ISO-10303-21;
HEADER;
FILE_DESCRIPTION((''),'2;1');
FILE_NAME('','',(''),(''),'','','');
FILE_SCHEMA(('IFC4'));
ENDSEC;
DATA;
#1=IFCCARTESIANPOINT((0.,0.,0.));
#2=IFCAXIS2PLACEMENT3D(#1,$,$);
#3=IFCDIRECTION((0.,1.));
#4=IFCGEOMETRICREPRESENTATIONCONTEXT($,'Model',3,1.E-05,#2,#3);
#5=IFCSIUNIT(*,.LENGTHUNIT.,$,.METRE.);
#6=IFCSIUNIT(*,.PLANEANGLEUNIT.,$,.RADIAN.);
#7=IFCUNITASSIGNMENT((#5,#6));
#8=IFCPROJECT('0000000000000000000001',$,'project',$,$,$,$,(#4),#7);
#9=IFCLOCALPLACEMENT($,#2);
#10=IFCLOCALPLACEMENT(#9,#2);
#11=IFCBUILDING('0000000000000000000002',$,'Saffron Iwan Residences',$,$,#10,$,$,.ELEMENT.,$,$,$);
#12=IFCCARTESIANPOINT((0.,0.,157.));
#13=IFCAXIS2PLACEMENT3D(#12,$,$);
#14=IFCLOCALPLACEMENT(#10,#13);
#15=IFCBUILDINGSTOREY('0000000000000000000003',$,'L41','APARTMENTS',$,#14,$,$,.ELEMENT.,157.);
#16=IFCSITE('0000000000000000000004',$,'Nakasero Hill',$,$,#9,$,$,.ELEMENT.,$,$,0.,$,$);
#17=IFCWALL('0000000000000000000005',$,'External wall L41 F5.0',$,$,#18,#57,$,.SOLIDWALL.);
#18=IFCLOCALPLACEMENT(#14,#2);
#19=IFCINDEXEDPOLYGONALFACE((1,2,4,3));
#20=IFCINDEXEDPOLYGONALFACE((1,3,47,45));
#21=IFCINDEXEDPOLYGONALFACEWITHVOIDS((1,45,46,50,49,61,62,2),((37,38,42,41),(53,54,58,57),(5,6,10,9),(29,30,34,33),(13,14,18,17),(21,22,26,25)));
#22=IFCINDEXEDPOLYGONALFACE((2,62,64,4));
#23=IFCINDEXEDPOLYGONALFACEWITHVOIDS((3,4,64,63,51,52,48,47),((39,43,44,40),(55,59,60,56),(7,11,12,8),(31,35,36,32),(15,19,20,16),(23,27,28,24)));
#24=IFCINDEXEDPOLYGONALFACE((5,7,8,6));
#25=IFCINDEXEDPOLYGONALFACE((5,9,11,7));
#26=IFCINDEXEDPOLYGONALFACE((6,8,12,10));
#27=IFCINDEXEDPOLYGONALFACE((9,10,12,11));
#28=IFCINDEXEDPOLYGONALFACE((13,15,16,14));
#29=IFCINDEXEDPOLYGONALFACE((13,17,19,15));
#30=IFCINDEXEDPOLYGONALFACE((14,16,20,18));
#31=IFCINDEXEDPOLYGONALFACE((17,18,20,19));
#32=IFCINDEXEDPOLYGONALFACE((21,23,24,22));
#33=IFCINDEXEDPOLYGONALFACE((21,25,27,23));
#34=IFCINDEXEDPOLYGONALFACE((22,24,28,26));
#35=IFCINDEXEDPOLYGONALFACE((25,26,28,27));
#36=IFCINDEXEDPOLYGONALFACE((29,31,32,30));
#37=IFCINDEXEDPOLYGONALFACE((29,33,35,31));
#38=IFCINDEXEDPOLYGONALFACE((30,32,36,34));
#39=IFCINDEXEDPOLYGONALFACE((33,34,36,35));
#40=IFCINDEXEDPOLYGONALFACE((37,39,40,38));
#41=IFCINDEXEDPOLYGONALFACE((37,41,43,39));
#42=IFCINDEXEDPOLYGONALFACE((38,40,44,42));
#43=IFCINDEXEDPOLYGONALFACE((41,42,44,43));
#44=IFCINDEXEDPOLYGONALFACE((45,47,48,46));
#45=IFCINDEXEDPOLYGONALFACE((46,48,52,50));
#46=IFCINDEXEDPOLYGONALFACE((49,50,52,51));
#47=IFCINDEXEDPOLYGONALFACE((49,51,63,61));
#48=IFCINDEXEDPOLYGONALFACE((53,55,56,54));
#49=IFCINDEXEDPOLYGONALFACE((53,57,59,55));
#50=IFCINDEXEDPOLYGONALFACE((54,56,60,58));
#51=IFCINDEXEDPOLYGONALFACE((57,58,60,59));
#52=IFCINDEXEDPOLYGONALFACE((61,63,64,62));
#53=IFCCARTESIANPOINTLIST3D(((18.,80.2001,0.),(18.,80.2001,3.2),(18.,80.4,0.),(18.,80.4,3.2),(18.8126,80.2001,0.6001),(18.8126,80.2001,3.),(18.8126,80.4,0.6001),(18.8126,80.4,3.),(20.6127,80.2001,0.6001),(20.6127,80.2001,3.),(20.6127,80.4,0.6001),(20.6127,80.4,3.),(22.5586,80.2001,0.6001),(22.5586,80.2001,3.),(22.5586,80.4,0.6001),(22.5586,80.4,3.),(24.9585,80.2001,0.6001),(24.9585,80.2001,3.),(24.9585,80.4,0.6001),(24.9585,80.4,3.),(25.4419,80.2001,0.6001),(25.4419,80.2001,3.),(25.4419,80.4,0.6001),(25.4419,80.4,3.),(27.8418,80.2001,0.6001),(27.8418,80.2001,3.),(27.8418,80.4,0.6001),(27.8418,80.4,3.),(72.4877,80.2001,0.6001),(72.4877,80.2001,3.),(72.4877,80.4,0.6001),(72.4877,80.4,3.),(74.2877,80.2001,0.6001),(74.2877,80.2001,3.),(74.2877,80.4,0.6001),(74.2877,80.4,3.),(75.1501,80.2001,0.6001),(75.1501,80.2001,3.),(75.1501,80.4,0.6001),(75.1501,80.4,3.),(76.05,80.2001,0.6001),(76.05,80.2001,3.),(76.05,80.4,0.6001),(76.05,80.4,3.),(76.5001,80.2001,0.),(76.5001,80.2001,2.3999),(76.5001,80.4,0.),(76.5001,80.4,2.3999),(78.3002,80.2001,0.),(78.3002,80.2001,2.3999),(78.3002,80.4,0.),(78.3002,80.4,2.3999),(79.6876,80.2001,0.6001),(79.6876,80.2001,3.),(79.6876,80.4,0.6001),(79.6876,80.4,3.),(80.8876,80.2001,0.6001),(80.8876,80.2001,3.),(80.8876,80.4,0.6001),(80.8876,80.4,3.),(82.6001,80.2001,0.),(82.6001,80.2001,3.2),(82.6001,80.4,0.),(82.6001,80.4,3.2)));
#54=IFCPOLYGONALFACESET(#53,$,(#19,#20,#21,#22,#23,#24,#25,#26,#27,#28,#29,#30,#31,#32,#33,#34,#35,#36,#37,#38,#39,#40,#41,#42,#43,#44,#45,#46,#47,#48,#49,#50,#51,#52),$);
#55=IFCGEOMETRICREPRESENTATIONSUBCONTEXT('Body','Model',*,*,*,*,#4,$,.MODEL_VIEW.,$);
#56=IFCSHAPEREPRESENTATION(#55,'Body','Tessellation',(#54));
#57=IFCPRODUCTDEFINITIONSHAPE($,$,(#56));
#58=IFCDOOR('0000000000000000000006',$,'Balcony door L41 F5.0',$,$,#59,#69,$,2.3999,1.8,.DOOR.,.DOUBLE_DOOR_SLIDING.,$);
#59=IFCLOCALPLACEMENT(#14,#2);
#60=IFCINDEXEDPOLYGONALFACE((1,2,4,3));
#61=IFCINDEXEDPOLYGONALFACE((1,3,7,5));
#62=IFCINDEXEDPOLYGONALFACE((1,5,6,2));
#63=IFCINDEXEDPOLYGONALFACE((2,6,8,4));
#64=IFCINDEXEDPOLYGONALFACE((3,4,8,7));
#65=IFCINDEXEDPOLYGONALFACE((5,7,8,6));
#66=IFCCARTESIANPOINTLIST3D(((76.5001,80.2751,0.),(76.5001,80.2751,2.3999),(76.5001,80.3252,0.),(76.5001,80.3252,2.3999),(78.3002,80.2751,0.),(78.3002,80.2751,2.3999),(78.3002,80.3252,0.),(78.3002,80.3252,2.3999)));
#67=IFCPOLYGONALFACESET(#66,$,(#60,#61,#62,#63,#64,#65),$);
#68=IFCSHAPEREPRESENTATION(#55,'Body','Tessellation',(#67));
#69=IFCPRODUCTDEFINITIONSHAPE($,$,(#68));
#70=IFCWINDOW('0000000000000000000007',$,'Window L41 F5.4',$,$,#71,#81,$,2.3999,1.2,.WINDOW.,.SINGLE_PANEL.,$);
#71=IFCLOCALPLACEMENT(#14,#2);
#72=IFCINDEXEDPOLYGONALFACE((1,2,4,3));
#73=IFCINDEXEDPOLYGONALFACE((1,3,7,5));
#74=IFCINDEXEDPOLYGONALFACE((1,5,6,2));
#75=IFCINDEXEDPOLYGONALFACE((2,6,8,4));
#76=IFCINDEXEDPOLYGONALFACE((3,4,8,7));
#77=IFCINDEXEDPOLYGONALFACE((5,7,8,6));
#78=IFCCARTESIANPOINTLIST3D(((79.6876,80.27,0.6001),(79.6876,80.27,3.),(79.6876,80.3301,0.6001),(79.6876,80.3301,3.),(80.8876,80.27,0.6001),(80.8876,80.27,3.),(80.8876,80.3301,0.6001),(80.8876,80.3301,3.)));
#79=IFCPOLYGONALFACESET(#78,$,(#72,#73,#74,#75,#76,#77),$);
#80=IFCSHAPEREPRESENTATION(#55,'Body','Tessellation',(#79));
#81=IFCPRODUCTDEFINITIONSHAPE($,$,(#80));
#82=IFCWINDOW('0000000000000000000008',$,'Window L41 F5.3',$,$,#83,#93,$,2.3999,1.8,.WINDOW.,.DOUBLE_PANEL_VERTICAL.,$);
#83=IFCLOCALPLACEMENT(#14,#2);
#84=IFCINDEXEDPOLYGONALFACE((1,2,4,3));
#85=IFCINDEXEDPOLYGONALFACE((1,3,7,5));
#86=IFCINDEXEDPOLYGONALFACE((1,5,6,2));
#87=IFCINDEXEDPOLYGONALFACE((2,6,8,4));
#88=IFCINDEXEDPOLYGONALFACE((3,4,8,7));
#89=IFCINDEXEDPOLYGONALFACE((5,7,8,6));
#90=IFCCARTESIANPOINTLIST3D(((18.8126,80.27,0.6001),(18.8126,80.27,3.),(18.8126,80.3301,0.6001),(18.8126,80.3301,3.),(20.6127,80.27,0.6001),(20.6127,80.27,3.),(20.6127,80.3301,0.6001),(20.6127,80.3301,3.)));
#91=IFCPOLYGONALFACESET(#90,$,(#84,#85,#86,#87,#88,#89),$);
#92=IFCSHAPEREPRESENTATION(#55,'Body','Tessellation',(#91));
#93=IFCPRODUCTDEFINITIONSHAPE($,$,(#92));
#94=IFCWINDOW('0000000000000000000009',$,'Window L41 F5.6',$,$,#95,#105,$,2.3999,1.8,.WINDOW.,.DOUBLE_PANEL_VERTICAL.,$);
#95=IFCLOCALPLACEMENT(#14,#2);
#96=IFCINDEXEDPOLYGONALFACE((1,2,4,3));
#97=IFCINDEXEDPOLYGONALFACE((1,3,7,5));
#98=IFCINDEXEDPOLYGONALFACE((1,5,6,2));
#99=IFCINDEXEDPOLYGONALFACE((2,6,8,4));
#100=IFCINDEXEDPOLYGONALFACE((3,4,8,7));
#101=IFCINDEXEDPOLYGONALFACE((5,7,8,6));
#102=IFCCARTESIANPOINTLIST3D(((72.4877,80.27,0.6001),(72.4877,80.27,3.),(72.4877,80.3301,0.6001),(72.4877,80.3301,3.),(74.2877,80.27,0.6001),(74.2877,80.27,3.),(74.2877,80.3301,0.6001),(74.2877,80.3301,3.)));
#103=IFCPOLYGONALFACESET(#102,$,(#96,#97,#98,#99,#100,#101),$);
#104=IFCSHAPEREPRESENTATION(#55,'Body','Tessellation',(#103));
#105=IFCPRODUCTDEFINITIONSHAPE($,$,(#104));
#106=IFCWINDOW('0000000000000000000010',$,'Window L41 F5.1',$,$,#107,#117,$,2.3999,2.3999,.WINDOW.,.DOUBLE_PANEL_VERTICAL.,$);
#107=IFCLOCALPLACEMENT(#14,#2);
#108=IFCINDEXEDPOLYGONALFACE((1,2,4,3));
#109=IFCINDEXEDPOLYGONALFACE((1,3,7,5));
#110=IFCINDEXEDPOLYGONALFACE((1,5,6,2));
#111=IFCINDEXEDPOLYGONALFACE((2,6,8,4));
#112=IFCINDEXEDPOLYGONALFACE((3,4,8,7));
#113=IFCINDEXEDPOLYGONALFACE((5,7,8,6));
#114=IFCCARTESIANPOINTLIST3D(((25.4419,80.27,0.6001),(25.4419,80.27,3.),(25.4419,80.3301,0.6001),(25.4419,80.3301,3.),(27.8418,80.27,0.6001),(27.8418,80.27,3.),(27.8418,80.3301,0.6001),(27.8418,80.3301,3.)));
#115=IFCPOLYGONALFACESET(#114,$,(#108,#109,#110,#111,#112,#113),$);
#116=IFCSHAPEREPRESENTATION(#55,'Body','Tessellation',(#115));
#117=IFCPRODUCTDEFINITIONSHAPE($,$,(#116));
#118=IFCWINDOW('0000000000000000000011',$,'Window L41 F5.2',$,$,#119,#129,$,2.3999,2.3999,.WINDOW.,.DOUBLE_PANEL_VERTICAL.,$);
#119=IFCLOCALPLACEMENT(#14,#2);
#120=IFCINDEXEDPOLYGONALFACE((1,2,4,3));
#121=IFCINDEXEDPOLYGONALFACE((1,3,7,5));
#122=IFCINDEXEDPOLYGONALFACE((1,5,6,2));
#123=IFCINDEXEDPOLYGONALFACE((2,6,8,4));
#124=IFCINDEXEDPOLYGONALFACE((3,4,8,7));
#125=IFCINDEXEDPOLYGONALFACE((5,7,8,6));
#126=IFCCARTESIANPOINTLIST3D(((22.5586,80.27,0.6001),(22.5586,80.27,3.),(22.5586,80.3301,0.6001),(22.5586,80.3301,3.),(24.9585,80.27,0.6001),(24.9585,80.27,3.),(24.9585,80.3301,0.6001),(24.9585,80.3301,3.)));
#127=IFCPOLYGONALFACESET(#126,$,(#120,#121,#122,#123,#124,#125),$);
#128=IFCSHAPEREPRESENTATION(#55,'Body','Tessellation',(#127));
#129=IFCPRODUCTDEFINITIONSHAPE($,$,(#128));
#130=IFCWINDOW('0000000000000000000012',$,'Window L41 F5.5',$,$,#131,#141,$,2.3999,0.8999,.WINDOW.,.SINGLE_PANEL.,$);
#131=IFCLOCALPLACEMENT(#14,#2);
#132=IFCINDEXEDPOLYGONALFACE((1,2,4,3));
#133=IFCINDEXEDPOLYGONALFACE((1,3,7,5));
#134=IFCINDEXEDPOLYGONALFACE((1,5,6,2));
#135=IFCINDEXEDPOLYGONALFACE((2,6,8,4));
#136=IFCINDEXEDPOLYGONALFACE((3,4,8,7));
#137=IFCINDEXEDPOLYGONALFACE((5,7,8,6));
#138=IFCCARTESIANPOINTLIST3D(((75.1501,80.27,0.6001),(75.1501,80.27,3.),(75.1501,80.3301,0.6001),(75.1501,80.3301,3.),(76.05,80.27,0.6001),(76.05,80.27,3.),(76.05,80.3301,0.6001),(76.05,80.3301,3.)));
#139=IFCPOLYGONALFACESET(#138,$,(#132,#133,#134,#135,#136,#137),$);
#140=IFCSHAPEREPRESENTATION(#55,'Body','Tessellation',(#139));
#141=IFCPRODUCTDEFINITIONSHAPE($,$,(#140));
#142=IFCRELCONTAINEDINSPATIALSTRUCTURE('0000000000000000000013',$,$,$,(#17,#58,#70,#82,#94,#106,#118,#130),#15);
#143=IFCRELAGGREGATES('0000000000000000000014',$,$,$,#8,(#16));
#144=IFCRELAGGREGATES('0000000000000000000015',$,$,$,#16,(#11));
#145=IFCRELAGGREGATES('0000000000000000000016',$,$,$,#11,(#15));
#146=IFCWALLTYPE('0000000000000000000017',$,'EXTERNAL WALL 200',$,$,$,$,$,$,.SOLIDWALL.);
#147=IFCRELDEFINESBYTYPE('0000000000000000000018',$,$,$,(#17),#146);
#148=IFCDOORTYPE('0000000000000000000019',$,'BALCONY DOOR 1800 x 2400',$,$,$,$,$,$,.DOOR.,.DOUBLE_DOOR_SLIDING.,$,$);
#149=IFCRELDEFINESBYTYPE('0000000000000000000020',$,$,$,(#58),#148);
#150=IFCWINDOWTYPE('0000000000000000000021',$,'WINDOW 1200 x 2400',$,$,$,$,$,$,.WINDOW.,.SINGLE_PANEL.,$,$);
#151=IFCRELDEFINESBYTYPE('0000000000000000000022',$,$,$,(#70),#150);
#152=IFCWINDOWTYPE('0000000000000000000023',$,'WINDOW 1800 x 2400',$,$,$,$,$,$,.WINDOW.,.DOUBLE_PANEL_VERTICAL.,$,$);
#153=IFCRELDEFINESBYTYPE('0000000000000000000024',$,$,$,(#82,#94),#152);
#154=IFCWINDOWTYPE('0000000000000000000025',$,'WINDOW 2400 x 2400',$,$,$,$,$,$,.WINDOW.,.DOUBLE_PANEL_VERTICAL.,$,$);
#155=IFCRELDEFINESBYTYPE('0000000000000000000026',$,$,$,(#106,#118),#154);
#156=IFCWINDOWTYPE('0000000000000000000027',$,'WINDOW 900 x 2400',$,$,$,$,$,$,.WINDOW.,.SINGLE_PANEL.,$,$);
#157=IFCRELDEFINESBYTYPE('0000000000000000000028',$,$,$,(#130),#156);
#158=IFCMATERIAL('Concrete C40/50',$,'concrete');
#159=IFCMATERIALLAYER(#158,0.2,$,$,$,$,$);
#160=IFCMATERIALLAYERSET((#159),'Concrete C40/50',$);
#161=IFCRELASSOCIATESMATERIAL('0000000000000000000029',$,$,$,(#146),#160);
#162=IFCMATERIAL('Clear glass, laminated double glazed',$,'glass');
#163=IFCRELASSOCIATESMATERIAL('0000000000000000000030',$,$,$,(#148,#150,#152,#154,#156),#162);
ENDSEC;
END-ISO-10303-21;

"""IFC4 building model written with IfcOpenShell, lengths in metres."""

from ifc_helpers import new_model, si_unit, direction, frame, frame_2d, origin, place, context, subcontext, project, spatial, rectangle, extrude, material, layer, layer_set, type_object, element, fill, save


model = new_model("IFC4")

# Units and contexts
model_context = context("Model", 3, precision=1e-05, world=origin(), true_north=direction((0.0, 1.0)))
body_context = subcontext(model_context, "Body", "Model", "MODEL_VIEW")
ifc_project = project(units=[si_unit("LENGTHUNIT", "METRE"), si_unit("PLANEANGLEUNIT", "RADIAN")], contexts=[model_context])

# Site, building, storey
site_placement = place(None, origin())
site = spatial("IfcSite", under=ifc_project, at=site_placement, Name="Nakasero Hill", CompositionType="ELEMENT", RefElevation=0.0)
building_placement = place(site_placement, origin())
building = spatial("IfcBuilding", under=site, at=building_placement, Name="Saffron Iwan Residences", CompositionType="ELEMENT")
storey_placement = place(building_placement, frame((0.0, 0.0, 157.0)))
storey = spatial("IfcBuildingStorey", under=building, at=storey_placement, Name="L41", Description="APARTMENTS", CompositionType="ELEMENT", Elevation=157.0)

# Wall, openings, door, windows
ifc_material_1 = material(Name="Concrete C40/50", Category="concrete")
ifc_layer_1 = layer(ifc_material_1, 0.2)
ifc_layer_set_1 = layer_set([ifc_layer_1], Name="Concrete C40/50")
wall_type_1 = type_object("IfcWallType", Name="EXTERNAL WALL 200", PredefinedType="SOLIDWALL", material=ifc_layer_set_1)
wall_1_placement = place(storey_placement, frame((82.6001, 80.3, 0.0), z_axis=(0.0, 0.0, 1.0), x_axis=(-1.0, 0.0, 0.0)))
wall_1 = element("IfcWall", 1, at=wall_1_placement, inside=storey, type_object=wall_type_1, Name="External wall L41 F5.0", PredefinedType="SOLIDWALL", context=body_context, shape_type="SweptSolid", body=[
    extrude(rectangle(XDim=64.6001, YDim=0.2, at=frame_2d((32.3, 0.0))), origin(), (0.0, 0.0, 1.0), 3.2),
])
opening_1_placement = place(wall_1_placement, frame((4.3, 0.0, 0.0)))
opening_1 = element("IfcOpeningElement", 2, at=opening_1_placement, cuts=wall_1, PredefinedType="OPENING", context=body_context, shape_type="SweptSolid", body=[
    extrude(rectangle(XDim=1.8, YDim=2.3999, at=frame_2d((0.8999, 1.2))), frame((0.0, 0.1099, 0.0), z_axis=(0.0, -1.0, 0.0), x_axis=(1.0, 0.0, 0.0)), (0.0, 0.0, 1.0), 0.22),
])
opening_2_placement = place(wall_1_placement, frame((54.7583, 0.0, 0.6001)))
opening_2 = element("IfcOpeningElement", 3, at=opening_2_placement, cuts=wall_1, PredefinedType="OPENING", context=body_context, shape_type="SweptSolid", body=[
    extrude(rectangle(XDim=2.3999, YDim=2.3999, at=frame_2d((1.2, 1.2))), frame((0.0, 0.1099, 0.0), z_axis=(0.0, -1.0, 0.0), x_axis=(1.0, 0.0, 0.0)), (0.0, 0.0, 1.0), 0.22),
])
opening_3_placement = place(wall_1_placement, frame((57.6416, 0.0, 0.6001)))
opening_3 = element("IfcOpeningElement", 4, at=opening_3_placement, cuts=wall_1, PredefinedType="OPENING", context=body_context, shape_type="SweptSolid", body=[
    extrude(rectangle(XDim=2.3999, YDim=2.3999, at=frame_2d((1.2, 1.2))), frame((0.0, 0.1099, 0.0), z_axis=(0.0, -1.0, 0.0), x_axis=(1.0, 0.0, 0.0)), (0.0, 0.0, 1.0), 0.22),
])
opening_4_placement = place(wall_1_placement, frame((61.9875, 0.0, 0.6001)))
opening_4 = element("IfcOpeningElement", 5, at=opening_4_placement, cuts=wall_1, PredefinedType="OPENING", context=body_context, shape_type="SweptSolid", body=[
    extrude(rectangle(XDim=1.8, YDim=2.3999, at=frame_2d((0.8999, 1.2))), frame((0.0, 0.1099, 0.0), z_axis=(0.0, -1.0, 0.0), x_axis=(1.0, 0.0, 0.0)), (0.0, 0.0, 1.0), 0.22),
])
opening_5_placement = place(wall_1_placement, frame((1.7124, 0.0, 0.6001)))
opening_5 = element("IfcOpeningElement", 6, at=opening_5_placement, cuts=wall_1, PredefinedType="OPENING", context=body_context, shape_type="SweptSolid", body=[
    extrude(rectangle(XDim=1.2, YDim=2.3999, at=frame_2d((0.6001, 1.2))), frame((0.0, 0.1099, 0.0), z_axis=(0.0, -1.0, 0.0), x_axis=(1.0, 0.0, 0.0)), (0.0, 0.0, 1.0), 0.22),
])
opening_6_placement = place(wall_1_placement, frame((6.55, 0.0, 0.6001)))
opening_6 = element("IfcOpeningElement", 7, at=opening_6_placement, cuts=wall_1, PredefinedType="OPENING", context=body_context, shape_type="SweptSolid", body=[
    extrude(rectangle(XDim=0.8999, YDim=2.3999, at=frame_2d((0.45, 1.2))), frame((0.0, 0.1099, 0.0), z_axis=(0.0, -1.0, 0.0), x_axis=(1.0, 0.0, 0.0)), (0.0, 0.0, 1.0), 0.22),
])
opening_7_placement = place(wall_1_placement, frame((8.3125, 0.0, 0.6001)))
opening_7 = element("IfcOpeningElement", 8, at=opening_7_placement, cuts=wall_1, PredefinedType="OPENING", context=body_context, shape_type="SweptSolid", body=[
    extrude(rectangle(XDim=1.8, YDim=2.3999, at=frame_2d((0.8999, 1.2))), frame((0.0, 0.1099, 0.0), z_axis=(0.0, -1.0, 0.0), x_axis=(1.0, 0.0, 0.0)), (0.0, 0.0, 1.0), 0.22),
])
ifc_material_2 = material(Name="Clear glass, laminated double glazed", Category="glass")
door_type_1 = type_object("IfcDoorType", Name="BALCONY DOOR 1800 x 2400", OperationType="DOUBLE_DOOR_SLIDING", PredefinedType="DOOR", material=ifc_material_2)
door_1_placement = place(opening_1_placement, origin())
door_1 = element("IfcDoor", 9, at=door_1_placement, inside=storey, type_object=door_type_1, Name="Balcony door L41 F5.0", OperationType="DOUBLE_DOOR_SLIDING", OverallHeight=2.3999, OverallWidth=1.8, PredefinedType="DOOR", context=body_context, shape_type="SweptSolid", body=[
    extrude(rectangle(XDim=1.8, YDim=2.3999, at=frame_2d((0.8999, 1.2))), frame((0.0, 0.0249, 0.0), z_axis=(0.0, -1.0, 0.0), x_axis=(1.0, 0.0, 0.0)), (0.0, 0.0, 1.0), 0.05),
])
fill(opening_1, door_1)
window_type_1 = type_object("IfcWindowType", Name="WINDOW 1200 x 2400", PartitioningType="SINGLE_PANEL", PredefinedType="WINDOW", material=ifc_material_2)
window_1_placement = place(opening_5_placement, origin())
window_1 = element("IfcWindow", 10, at=window_1_placement, inside=storey, type_object=window_type_1, Name="Window L41 F5.4", OverallHeight=2.3999, OverallWidth=1.2, PartitioningType="SINGLE_PANEL", PredefinedType="WINDOW", context=body_context, shape_type="SweptSolid", body=[
    extrude(rectangle(XDim=1.2, YDim=2.3999, at=frame_2d((0.6001, 1.2))), frame((0.0, 0.03, 0.0), z_axis=(0.0, -1.0, 0.0), x_axis=(1.0, 0.0, 0.0)), (0.0, 0.0, 1.0), 0.0601),
])
fill(opening_5, window_1)
window_type_2 = type_object("IfcWindowType", Name="WINDOW 1800 x 2400", PartitioningType="DOUBLE_PANEL_VERTICAL", PredefinedType="WINDOW", material=ifc_material_2)
window_2_placement = place(opening_4_placement, origin())
window_2 = element("IfcWindow", 11, at=window_2_placement, inside=storey, type_object=window_type_2, Name="Window L41 F5.3", OverallHeight=2.3999, OverallWidth=1.8, PartitioningType="DOUBLE_PANEL_VERTICAL", PredefinedType="WINDOW", context=body_context, shape_type="SweptSolid", body=[
    extrude(rectangle(XDim=1.8, YDim=2.3999, at=frame_2d((0.8999, 1.2))), frame((0.0, 0.03, 0.0), z_axis=(0.0, -1.0, 0.0), x_axis=(1.0, 0.0, 0.0)), (0.0, 0.0, 1.0), 0.0601),
])
fill(opening_4, window_2)
window_3_placement = place(opening_7_placement, origin())
window_3 = element("IfcWindow", 12, at=window_3_placement, inside=storey, type_object=window_type_2, Name="Window L41 F5.6", OverallHeight=2.3999, OverallWidth=1.8, PartitioningType="DOUBLE_PANEL_VERTICAL", PredefinedType="WINDOW", context=body_context, shape_type="SweptSolid", body=[
    extrude(rectangle(XDim=1.8, YDim=2.3999, at=frame_2d((0.8999, 1.2))), frame((0.0, 0.03, 0.0), z_axis=(0.0, -1.0, 0.0), x_axis=(1.0, 0.0, 0.0)), (0.0, 0.0, 1.0), 0.0601),
])
fill(opening_7, window_3)
window_type_3 = type_object("IfcWindowType", Name="WINDOW 2400 x 2400", PartitioningType="DOUBLE_PANEL_VERTICAL", PredefinedType="WINDOW", material=ifc_material_2)
window_4_placement = place(opening_2_placement, origin())
window_4 = element("IfcWindow", 13, at=window_4_placement, inside=storey, type_object=window_type_3, Name="Window L41 F5.1", OverallHeight=2.3999, OverallWidth=2.3999, PartitioningType="DOUBLE_PANEL_VERTICAL", PredefinedType="WINDOW", context=body_context, shape_type="SweptSolid", body=[
    extrude(rectangle(XDim=2.3999, YDim=2.3999, at=frame_2d((1.2, 1.2))), frame((0.0, 0.03, 0.0), z_axis=(0.0, -1.0, 0.0), x_axis=(1.0, 0.0, 0.0)), (0.0, 0.0, 1.0), 0.0601),
])
fill(opening_2, window_4)
window_5_placement = place(opening_3_placement, origin())
window_5 = element("IfcWindow", 14, at=window_5_placement, inside=storey, type_object=window_type_3, Name="Window L41 F5.2", OverallHeight=2.3999, OverallWidth=2.3999, PartitioningType="DOUBLE_PANEL_VERTICAL", PredefinedType="WINDOW", context=body_context, shape_type="SweptSolid", body=[
    extrude(rectangle(XDim=2.3999, YDim=2.3999, at=frame_2d((1.2, 1.2))), frame((0.0, 0.03, 0.0), z_axis=(0.0, -1.0, 0.0), x_axis=(1.0, 0.0, 0.0)), (0.0, 0.0, 1.0), 0.0601),
])
fill(opening_3, window_5)
window_type_4 = type_object("IfcWindowType", Name="WINDOW 900 x 2400", PartitioningType="SINGLE_PANEL", PredefinedType="WINDOW", material=ifc_material_2)
window_6_placement = place(opening_6_placement, origin())
window_6 = element("IfcWindow", 15, at=window_6_placement, inside=storey, type_object=window_type_4, Name="Window L41 F5.5", OverallHeight=2.3999, OverallWidth=0.8999, PartitioningType="SINGLE_PANEL", PredefinedType="WINDOW", context=body_context, shape_type="SweptSolid", body=[
    extrude(rectangle(XDim=0.8999, YDim=2.3999, at=frame_2d((0.45, 1.2))), frame((0.0, 0.03, 0.0), z_axis=(0.0, -1.0, 0.0), x_axis=(1.0, 0.0, 0.0)), (0.0, 0.0, 1.0), 0.0601),
])
fill(opening_6, window_6)

save(model, "model.ifc")
